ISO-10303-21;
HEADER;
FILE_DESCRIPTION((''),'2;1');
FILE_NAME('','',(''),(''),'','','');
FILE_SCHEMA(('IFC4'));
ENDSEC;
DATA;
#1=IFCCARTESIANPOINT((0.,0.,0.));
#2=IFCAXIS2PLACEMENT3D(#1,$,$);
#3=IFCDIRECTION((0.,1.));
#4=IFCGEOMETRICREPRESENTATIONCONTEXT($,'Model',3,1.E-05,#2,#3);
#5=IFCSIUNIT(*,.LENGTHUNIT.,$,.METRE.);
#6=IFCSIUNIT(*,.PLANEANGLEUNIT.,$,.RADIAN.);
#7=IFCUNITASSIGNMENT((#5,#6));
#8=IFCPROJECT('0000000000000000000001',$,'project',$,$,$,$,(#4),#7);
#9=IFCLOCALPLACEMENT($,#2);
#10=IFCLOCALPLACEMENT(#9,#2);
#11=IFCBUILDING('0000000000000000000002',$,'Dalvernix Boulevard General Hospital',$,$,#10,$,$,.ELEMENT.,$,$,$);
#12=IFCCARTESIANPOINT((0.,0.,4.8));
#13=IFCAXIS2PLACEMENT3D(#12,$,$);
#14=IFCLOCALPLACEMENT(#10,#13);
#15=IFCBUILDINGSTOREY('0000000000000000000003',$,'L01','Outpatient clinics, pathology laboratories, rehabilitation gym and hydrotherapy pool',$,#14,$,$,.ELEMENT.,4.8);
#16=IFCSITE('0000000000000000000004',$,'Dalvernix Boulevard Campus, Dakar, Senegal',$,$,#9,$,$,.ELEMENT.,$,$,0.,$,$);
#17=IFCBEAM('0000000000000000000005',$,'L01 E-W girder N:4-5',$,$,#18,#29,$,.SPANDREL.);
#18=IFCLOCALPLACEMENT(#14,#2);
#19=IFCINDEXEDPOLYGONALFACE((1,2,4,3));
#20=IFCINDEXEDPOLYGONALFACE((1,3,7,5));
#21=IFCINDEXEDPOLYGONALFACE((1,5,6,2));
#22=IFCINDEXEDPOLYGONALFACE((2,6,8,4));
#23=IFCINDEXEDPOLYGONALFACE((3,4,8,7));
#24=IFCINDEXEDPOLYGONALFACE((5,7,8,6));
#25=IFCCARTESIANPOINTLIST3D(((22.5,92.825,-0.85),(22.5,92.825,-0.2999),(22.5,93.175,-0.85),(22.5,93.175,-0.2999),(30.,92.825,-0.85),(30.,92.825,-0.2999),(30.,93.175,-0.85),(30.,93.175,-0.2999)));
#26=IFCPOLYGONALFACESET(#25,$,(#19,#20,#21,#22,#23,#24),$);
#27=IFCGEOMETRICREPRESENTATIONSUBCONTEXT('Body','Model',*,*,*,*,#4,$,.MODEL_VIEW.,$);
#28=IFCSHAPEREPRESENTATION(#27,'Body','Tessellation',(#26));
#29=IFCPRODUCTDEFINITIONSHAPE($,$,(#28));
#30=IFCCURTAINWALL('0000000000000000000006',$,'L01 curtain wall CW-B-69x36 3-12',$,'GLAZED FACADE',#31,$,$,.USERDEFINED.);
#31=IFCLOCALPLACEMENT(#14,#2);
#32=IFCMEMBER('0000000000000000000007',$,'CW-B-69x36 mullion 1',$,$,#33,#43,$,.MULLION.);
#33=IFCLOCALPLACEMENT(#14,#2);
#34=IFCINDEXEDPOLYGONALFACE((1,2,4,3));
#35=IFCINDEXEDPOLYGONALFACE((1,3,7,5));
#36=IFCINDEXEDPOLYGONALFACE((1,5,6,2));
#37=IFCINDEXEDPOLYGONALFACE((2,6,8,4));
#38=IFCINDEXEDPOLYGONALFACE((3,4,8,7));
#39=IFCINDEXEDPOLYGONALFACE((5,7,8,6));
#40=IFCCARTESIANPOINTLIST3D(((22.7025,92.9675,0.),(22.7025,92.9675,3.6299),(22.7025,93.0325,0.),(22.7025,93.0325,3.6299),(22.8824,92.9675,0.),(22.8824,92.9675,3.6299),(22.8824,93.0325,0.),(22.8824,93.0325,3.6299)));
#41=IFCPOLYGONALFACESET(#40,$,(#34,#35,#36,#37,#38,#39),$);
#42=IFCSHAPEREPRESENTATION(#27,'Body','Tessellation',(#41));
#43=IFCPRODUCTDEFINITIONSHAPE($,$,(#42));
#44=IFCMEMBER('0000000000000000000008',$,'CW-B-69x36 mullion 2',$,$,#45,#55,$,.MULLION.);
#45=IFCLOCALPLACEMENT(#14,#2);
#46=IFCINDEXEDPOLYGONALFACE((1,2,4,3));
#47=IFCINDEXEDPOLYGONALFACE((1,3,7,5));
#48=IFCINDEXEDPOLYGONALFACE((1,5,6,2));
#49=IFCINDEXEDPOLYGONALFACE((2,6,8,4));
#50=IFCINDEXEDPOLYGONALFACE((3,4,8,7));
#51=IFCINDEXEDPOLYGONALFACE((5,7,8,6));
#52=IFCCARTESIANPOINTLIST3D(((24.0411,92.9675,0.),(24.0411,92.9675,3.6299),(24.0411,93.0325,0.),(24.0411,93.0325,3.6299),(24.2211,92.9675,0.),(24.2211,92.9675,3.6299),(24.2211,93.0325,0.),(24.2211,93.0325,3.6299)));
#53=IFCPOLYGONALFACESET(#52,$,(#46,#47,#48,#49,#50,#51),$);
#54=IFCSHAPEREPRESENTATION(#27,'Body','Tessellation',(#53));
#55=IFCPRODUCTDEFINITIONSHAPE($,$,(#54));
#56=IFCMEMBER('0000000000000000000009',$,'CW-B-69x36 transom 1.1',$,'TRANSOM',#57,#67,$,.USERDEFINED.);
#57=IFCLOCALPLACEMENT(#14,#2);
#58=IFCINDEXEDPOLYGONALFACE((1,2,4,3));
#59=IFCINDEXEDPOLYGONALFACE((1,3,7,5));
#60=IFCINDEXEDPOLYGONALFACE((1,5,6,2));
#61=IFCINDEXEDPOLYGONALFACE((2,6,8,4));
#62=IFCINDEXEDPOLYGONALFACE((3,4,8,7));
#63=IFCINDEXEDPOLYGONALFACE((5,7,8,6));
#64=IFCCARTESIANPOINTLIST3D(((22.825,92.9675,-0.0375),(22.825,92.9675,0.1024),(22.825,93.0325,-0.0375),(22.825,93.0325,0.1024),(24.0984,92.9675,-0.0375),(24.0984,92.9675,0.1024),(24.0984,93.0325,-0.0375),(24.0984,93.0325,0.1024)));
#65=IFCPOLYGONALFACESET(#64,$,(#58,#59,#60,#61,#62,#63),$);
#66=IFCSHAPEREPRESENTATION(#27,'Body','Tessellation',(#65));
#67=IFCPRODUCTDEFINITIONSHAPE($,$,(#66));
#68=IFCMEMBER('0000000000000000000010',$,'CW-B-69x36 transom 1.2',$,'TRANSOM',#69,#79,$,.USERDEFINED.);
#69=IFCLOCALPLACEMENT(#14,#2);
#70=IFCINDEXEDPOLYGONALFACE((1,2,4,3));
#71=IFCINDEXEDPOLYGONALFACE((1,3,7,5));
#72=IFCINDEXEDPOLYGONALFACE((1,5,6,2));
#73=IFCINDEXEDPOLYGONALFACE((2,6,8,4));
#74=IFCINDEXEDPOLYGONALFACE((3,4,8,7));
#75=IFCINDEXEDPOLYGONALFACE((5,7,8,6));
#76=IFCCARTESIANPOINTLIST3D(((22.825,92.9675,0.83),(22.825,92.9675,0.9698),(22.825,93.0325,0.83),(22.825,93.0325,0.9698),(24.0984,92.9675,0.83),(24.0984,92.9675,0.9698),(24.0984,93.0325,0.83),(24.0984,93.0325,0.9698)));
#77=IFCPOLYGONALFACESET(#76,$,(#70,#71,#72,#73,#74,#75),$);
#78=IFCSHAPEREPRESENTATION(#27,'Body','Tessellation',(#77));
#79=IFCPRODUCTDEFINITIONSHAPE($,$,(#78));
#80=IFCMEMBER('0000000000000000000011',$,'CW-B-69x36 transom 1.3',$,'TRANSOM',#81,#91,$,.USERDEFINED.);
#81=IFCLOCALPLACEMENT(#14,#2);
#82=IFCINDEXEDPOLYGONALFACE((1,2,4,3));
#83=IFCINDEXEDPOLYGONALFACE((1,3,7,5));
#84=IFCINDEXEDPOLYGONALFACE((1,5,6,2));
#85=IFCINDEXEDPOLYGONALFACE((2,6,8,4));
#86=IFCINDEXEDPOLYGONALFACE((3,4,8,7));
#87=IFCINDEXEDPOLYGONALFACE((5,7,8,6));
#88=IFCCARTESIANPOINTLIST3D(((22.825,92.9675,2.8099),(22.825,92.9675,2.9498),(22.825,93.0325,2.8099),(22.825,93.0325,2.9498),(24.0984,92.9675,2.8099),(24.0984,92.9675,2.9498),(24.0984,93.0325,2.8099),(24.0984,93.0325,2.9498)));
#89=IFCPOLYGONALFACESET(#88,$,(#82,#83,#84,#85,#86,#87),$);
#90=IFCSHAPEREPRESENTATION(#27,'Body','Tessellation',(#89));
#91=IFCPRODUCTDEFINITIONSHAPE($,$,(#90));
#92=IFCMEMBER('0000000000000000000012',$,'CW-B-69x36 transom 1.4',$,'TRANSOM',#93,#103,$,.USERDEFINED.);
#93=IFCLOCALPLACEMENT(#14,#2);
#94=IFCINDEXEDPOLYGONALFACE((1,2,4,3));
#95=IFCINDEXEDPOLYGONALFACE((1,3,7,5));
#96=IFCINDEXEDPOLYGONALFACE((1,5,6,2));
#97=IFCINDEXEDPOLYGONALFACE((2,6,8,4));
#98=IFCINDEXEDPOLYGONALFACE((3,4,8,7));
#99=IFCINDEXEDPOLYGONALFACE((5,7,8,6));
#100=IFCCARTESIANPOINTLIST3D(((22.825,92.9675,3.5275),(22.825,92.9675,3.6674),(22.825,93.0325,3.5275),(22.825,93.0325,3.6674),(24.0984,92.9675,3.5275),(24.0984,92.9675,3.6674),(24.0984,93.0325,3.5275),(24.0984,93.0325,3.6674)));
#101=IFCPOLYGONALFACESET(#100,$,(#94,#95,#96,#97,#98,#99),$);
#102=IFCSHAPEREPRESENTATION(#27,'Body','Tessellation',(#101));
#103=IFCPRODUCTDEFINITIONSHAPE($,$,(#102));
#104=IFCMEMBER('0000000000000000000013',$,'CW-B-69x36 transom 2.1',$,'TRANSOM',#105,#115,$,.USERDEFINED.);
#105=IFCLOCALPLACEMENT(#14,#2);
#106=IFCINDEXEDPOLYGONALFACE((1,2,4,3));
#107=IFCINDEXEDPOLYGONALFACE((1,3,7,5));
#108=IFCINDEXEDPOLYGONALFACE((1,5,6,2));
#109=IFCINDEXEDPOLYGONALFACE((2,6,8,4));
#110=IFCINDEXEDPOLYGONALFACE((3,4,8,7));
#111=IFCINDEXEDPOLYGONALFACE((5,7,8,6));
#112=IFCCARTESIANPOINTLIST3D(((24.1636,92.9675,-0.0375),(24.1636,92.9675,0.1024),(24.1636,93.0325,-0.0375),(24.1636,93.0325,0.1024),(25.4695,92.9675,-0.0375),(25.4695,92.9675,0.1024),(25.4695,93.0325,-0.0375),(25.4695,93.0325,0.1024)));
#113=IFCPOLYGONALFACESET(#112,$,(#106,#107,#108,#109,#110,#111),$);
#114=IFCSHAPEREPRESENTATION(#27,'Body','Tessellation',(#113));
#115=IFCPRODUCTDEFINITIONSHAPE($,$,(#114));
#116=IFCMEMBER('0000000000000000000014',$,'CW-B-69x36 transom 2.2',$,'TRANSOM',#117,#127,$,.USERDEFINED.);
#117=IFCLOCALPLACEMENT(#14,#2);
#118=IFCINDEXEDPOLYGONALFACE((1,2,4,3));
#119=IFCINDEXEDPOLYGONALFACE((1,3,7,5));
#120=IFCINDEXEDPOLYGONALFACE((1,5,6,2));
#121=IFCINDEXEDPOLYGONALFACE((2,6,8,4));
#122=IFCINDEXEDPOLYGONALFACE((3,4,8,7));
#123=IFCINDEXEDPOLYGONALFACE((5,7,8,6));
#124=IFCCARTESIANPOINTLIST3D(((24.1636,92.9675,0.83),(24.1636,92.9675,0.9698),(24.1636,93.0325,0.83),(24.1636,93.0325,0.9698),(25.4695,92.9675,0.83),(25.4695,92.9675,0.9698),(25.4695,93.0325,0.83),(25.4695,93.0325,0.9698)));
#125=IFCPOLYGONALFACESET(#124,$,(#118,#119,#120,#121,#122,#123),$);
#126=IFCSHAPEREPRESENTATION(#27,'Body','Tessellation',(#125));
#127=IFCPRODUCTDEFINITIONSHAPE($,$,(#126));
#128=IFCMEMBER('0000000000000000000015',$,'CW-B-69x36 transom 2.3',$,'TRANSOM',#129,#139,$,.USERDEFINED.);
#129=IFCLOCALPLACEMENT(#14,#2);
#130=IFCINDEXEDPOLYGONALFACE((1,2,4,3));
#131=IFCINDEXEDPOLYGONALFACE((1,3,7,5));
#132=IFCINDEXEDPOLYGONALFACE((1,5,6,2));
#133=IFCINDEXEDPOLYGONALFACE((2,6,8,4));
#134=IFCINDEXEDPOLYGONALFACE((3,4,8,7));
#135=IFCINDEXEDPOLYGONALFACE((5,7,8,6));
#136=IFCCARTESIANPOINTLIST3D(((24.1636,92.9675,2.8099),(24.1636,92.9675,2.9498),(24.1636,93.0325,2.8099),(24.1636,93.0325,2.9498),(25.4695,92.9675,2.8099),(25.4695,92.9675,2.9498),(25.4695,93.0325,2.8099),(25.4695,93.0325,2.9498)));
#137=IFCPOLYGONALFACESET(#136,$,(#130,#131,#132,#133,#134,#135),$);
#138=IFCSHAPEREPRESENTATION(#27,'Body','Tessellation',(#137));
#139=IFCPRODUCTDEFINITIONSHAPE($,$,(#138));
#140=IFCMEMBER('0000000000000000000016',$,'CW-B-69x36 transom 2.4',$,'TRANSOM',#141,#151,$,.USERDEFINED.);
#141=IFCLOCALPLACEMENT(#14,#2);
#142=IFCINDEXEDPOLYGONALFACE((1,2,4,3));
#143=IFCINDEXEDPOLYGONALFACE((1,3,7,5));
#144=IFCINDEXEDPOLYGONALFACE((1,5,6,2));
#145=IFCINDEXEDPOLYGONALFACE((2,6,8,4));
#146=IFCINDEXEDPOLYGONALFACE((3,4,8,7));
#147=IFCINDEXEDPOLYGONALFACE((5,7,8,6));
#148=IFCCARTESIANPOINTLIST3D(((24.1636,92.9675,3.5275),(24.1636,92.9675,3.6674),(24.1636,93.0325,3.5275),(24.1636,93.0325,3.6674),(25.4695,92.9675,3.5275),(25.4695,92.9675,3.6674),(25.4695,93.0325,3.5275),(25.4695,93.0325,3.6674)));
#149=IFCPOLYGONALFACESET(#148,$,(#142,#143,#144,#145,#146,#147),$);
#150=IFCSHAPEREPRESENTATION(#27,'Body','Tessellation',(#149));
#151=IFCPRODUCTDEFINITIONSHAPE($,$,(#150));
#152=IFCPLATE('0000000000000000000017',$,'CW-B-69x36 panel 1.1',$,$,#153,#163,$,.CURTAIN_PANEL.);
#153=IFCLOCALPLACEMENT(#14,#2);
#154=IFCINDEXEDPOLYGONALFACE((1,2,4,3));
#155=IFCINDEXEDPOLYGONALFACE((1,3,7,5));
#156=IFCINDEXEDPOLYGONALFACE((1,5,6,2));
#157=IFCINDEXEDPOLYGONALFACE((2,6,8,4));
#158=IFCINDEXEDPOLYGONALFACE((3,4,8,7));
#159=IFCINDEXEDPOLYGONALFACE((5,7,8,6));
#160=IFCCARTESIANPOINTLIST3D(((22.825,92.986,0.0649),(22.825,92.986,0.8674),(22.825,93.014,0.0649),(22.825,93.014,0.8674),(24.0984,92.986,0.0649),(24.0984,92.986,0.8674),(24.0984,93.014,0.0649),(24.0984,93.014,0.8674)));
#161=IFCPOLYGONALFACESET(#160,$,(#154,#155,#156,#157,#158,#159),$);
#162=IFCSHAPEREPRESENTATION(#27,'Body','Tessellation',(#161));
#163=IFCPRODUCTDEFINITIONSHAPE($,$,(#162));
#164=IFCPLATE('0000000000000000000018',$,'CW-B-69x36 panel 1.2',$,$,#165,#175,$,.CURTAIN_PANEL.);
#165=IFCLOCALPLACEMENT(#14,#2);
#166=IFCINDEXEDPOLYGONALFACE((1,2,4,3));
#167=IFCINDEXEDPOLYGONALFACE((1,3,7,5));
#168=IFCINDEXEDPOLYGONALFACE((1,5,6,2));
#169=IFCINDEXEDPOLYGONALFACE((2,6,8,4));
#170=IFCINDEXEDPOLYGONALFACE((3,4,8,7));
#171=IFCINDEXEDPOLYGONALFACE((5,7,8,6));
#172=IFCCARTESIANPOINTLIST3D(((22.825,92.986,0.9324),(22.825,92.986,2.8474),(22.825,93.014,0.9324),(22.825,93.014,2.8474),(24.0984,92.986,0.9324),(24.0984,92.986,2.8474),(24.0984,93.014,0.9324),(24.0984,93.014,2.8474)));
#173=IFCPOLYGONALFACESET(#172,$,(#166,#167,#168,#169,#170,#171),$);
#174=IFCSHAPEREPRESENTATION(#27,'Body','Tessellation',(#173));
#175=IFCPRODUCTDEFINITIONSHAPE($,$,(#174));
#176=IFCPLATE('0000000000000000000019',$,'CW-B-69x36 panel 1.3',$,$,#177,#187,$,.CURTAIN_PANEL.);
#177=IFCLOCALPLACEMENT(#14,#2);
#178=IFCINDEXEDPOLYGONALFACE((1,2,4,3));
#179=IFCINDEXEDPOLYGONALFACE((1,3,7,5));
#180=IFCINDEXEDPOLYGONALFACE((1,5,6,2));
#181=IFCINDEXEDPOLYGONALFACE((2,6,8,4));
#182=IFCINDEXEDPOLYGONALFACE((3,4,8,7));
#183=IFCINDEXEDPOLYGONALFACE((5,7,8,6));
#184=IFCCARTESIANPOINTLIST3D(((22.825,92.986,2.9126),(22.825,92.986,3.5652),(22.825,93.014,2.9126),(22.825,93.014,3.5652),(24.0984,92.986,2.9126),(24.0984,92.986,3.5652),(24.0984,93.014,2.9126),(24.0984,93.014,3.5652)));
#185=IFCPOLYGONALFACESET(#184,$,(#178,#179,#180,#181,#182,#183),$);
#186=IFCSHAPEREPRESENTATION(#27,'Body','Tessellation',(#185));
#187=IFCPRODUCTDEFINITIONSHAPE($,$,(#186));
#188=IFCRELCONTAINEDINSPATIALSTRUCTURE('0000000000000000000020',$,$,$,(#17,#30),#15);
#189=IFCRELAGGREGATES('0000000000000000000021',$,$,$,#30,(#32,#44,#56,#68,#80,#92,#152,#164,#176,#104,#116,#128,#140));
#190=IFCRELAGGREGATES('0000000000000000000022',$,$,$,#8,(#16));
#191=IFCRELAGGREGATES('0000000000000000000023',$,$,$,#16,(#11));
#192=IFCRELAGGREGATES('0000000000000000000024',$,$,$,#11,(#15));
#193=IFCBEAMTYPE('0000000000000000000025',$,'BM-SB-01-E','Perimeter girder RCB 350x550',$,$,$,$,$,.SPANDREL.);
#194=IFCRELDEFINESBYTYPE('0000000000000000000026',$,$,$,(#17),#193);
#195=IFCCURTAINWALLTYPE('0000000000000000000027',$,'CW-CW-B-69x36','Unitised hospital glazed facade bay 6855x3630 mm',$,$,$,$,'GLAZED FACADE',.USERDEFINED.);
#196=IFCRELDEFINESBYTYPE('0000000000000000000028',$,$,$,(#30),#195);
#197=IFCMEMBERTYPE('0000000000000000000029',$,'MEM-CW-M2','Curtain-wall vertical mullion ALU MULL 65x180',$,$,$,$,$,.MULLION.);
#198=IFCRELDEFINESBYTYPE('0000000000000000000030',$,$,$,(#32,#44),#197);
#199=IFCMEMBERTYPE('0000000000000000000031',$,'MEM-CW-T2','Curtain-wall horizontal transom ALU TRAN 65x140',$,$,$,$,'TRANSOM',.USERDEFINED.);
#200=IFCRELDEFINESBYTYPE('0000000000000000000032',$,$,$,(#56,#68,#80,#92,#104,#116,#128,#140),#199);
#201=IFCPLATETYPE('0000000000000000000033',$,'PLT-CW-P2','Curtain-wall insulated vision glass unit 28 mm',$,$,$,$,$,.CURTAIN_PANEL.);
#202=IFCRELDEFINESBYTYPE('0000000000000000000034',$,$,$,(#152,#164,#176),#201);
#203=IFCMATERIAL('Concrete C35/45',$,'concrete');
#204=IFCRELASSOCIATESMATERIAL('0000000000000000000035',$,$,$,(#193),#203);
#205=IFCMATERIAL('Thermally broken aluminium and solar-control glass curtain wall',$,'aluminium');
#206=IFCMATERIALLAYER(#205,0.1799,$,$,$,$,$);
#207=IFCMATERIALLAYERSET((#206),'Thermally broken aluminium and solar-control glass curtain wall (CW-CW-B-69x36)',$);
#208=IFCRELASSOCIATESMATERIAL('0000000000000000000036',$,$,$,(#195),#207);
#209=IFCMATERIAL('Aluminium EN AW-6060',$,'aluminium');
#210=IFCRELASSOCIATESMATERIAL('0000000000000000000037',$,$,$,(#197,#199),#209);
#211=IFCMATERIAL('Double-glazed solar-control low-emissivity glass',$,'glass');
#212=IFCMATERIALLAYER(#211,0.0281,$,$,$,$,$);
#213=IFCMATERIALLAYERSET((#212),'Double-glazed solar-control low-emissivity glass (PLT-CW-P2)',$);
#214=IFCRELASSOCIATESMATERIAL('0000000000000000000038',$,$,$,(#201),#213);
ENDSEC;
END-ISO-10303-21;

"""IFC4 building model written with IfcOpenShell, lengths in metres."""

from ifc_helpers import new_model, si_unit, direction, frame, origin, origin_2d, place, context, subcontext, project, spatial, rectangle, extrude, material, layer, layer_set, material_profile, profile_set, type_object, element, aggregate, save


model = new_model("IFC4")

# Units and contexts
model_context = context("Model", 3, precision=1e-05, world=origin(), true_north=direction((0.0, 1.0)))
body_context = subcontext(model_context, "Body", "Model", "MODEL_VIEW")
ifc_project = project(units=[si_unit("LENGTHUNIT", "METRE"), si_unit("PLANEANGLEUNIT", "RADIAN")], contexts=[model_context])

# Site, building, storey
site_placement = place(None, origin())
site = spatial("IfcSite", under=ifc_project, at=site_placement, Name="Dalvernix Boulevard Campus, Dakar, Senegal", CompositionType="ELEMENT", RefElevation=0.0)
building_placement = place(site_placement, origin())
building = spatial("IfcBuilding", under=site, at=building_placement, Name="Dalvernix Boulevard General Hospital", CompositionType="ELEMENT")
storey_placement = place(building_placement, frame((0.0, 0.0, 4.8)))
storey = spatial("IfcBuildingStorey", under=building, at=storey_placement, Name="L01", Description="Outpatient clinics, pathology laboratories, rehabilitation gym and hydrotherapy pool", CompositionType="ELEMENT", Elevation=4.8)

# Beam
ifc_material_1 = material(Name="Concrete C35/45", Category="concrete")
ifc_material_profile_1 = material_profile(ifc_material_1, rectangle(XDim=0.3501, YDim=0.55, at=origin_2d()), Name="RCB 350x550")
ifc_profile_set_1 = profile_set([ifc_material_profile_1], Name="Concrete C35/45")
beam_type = type_object("IfcBeamType", Name="BM-SB-01-E", Description="Perimeter girder RCB 350x550", PredefinedType="SPANDREL", material=ifc_profile_set_1)
beam_placement = place(storey_placement, frame((22.5, 93.0, -0.575), z_axis=(1.0, 0.0, 0.0), x_axis=(0.0, 1.0, 0.0)))
element("IfcBeam", 1, at=beam_placement, inside=storey, type_object=beam_type, Name="L01 E-W girder N:4-5", PredefinedType="SPANDREL", context=body_context, shape_type="SweptSolid", body=[
    extrude(rectangle(XDim=0.3501, YDim=0.55, at=origin_2d()), origin(), (0.0, 0.0, 1.0), 7.5),
])

# Curtain wall, members, plates
ifc_material_2 = material(Name="Thermally broken aluminium and solar-control glass curtain wall", Category="aluminium")
ifc_layer_1 = layer(ifc_material_2, 0.1799)
ifc_layer_set_1 = layer_set([ifc_layer_1], Name="Thermally broken aluminium and solar-control glass curtain wall (CW-CW-B-69x36)")
curtain_wall_type = type_object("IfcCurtainWallType", Name="CW-CW-B-69x36", Description="Unitised hospital glazed facade bay 6855x3630 mm", ElementType="GLAZED FACADE", PredefinedType="USERDEFINED", material=ifc_layer_set_1)
curtain_wall_placement = place(storey_placement, origin())
curtain_wall = element("IfcCurtainWall", 2, at=curtain_wall_placement, inside=storey, type_object=curtain_wall_type, Name="L01 curtain wall CW-B-69x36 3-12", ObjectType="GLAZED FACADE", PredefinedType="USERDEFINED")
ifc_material_3 = material(Name="Aluminium EN AW-6060", Category="aluminium")
ifc_material_profile_2 = material_profile(ifc_material_3, rectangle(XDim=0.0649, YDim=0.1799, at=origin_2d()), Name="ALU MULL 65x180")
ifc_profile_set_2 = profile_set([ifc_material_profile_2], Name="Aluminium EN AW-6060")
member_type_1 = type_object("IfcMemberType", Name="MEM-CW-M2", Description="Curtain-wall vertical mullion ALU MULL 65x180", PredefinedType="MULLION", material=ifc_profile_set_2)
member_1_placement = place(storey_placement, frame((22.7925, 93.0, 0.0), z_axis=(0.0, 0.0, 1.0), x_axis=(0.0, 1.0, 0.0)))
member_1 = element("IfcMember", 3, at=member_1_placement, type_object=member_type_1, Name="CW-B-69x36 mullion 1", PredefinedType="MULLION", context=body_context, shape_type="SweptSolid", body=[
    extrude(rectangle(XDim=0.0649, YDim=0.1799, at=origin_2d()), origin(), (0.0, 0.0, 1.0), 3.6299),
])
member_2_placement = place(storey_placement, frame((24.1311, 93.0, 0.0), z_axis=(0.0, 0.0, 1.0), x_axis=(0.0, 1.0, 0.0)))
member_2 = element("IfcMember", 4, at=member_2_placement, type_object=member_type_1, Name="CW-B-69x36 mullion 2", PredefinedType="MULLION", context=body_context, shape_type="SweptSolid", body=[
    extrude(rectangle(XDim=0.0649, YDim=0.1799, at=origin_2d()), origin(), (0.0, 0.0, 1.0), 3.6299),
])
ifc_material_profile_3 = material_profile(ifc_material_3, rectangle(XDim=0.0649, YDim=0.1399, at=origin_2d()), Name="ALU TRAN 65x140")
ifc_profile_set_3 = profile_set([ifc_material_profile_3], Name="Aluminium EN AW-6060")
member_type_2 = type_object("IfcMemberType", Name="MEM-CW-T2", Description="Curtain-wall horizontal transom ALU TRAN 65x140", ElementType="TRANSOM", PredefinedType="USERDEFINED", material=ifc_profile_set_3)
member_3_placement = place(storey_placement, frame((22.825, 93.0, 0.0325), z_axis=(1.0, 0.0, 0.0), x_axis=(0.0, 1.0, 0.0)))
member_3 = element("IfcMember", 5, at=member_3_placement, type_object=member_type_2, Name="CW-B-69x36 transom 1.1", ObjectType="TRANSOM", PredefinedType="USERDEFINED", context=body_context, shape_type="SweptSolid", body=[
    extrude(rectangle(XDim=0.0649, YDim=0.1399, at=origin_2d()), origin(), (0.0, 0.0, 1.0), 1.2734),
])
member_4_placement = place(storey_placement, frame((22.825, 93.0, 0.8999), z_axis=(1.0, 0.0, 0.0), x_axis=(0.0, 1.0, 0.0)))
member_4 = element("IfcMember", 6, at=member_4_placement, type_object=member_type_2, Name="CW-B-69x36 transom 1.2", ObjectType="TRANSOM", PredefinedType="USERDEFINED", context=body_context, shape_type="SweptSolid", body=[
    extrude(rectangle(XDim=0.0649, YDim=0.1399, at=origin_2d()), origin(), (0.0, 0.0, 1.0), 1.2734),
])
member_5_placement = place(storey_placement, frame((22.825, 93.0, 2.8799), z_axis=(1.0, 0.0, 0.0), x_axis=(0.0, 1.0, 0.0)))
member_5 = element("IfcMember", 7, at=member_5_placement, type_object=member_type_2, Name="CW-B-69x36 transom 1.3", ObjectType="TRANSOM", PredefinedType="USERDEFINED", context=body_context, shape_type="SweptSolid", body=[
    extrude(rectangle(XDim=0.0649, YDim=0.1399, at=origin_2d()), origin(), (0.0, 0.0, 1.0), 1.2734),
])
member_6_placement = place(storey_placement, frame((22.825, 93.0, 3.5974), z_axis=(1.0, 0.0, 0.0), x_axis=(0.0, 1.0, 0.0)))
member_6 = element("IfcMember", 8, at=member_6_placement, type_object=member_type_2, Name="CW-B-69x36 transom 1.4", ObjectType="TRANSOM", PredefinedType="USERDEFINED", context=body_context, shape_type="SweptSolid", body=[
    extrude(rectangle(XDim=0.0649, YDim=0.1399, at=origin_2d()), origin(), (0.0, 0.0, 1.0), 1.2734),
])
member_7_placement = place(storey_placement, frame((24.1636, 93.0, 0.0325), z_axis=(1.0, 0.0, 0.0), x_axis=(0.0, 1.0, 0.0)))
member_7 = element("IfcMember", 9, at=member_7_placement, type_object=member_type_2, Name="CW-B-69x36 transom 2.1", ObjectType="TRANSOM", PredefinedType="USERDEFINED", context=body_context, shape_type="SweptSolid", body=[
    extrude(rectangle(XDim=0.0649, YDim=0.1399, at=origin_2d()), origin(), (0.0, 0.0, 1.0), 1.3059),
])
member_8_placement = place(storey_placement, frame((24.1636, 93.0, 0.8999), z_axis=(1.0, 0.0, 0.0), x_axis=(0.0, 1.0, 0.0)))
member_8 = element("IfcMember", 10, at=member_8_placement, type_object=member_type_2, Name="CW-B-69x36 transom 2.2", ObjectType="TRANSOM", PredefinedType="USERDEFINED", context=body_context, shape_type="SweptSolid", body=[
    extrude(rectangle(XDim=0.0649, YDim=0.1399, at=origin_2d()), origin(), (0.0, 0.0, 1.0), 1.3059),
])
member_9_placement = place(storey_placement, frame((24.1636, 93.0, 2.8799), z_axis=(1.0, 0.0, 0.0), x_axis=(0.0, 1.0, 0.0)))
member_9 = element("IfcMember", 11, at=member_9_placement, type_object=member_type_2, Name="CW-B-69x36 transom 2.3", ObjectType="TRANSOM", PredefinedType="USERDEFINED", context=body_context, shape_type="SweptSolid", body=[
    extrude(rectangle(XDim=0.0649, YDim=0.1399, at=origin_2d()), origin(), (0.0, 0.0, 1.0), 1.3059),
])
member_10_placement = place(storey_placement, frame((24.1636, 93.0, 3.5974), z_axis=(1.0, 0.0, 0.0), x_axis=(0.0, 1.0, 0.0)))
member_10 = element("IfcMember", 12, at=member_10_placement, type_object=member_type_2, Name="CW-B-69x36 transom 2.4", ObjectType="TRANSOM", PredefinedType="USERDEFINED", context=body_context, shape_type="SweptSolid", body=[
    extrude(rectangle(XDim=0.0649, YDim=0.1399, at=origin_2d()), origin(), (0.0, 0.0, 1.0), 1.3059),
])
ifc_material_4 = material(Name="Double-glazed solar-control low-emissivity glass", Category="glass")
ifc_layer_2 = layer(ifc_material_4, 0.0281)
ifc_layer_set_2 = layer_set([ifc_layer_2], Name="Double-glazed solar-control low-emissivity glass (PLT-CW-P2)")
plate_type = type_object("IfcPlateType", Name="PLT-CW-P2", Description="Curtain-wall insulated vision glass unit 28 mm", PredefinedType="CURTAIN_PANEL", material=ifc_layer_set_2)
plate_1_placement = place(storey_placement, frame((23.4617, 93.0, 0.0649), z_axis=(0.0, 0.0, 1.0), x_axis=(1.0, 0.0, 0.0)))
plate_1 = element("IfcPlate", 13, at=plate_1_placement, type_object=plate_type, Name="CW-B-69x36 panel 1.1", PredefinedType="CURTAIN_PANEL", context=body_context, shape_type="SweptSolid", body=[
    extrude(rectangle(XDim=1.2734, YDim=0.0281, at=origin_2d()), origin(), (0.0, 0.0, 1.0), 0.8025),
])
plate_2_placement = place(storey_placement, frame((23.4617, 93.0, 0.9324), z_axis=(0.0, 0.0, 1.0), x_axis=(1.0, 0.0, 0.0)))
plate_2 = element("IfcPlate", 14, at=plate_2_placement, type_object=plate_type, Name="CW-B-69x36 panel 1.2", PredefinedType="CURTAIN_PANEL", context=body_context, shape_type="SweptSolid", body=[
    extrude(rectangle(XDim=1.2734, YDim=0.0281, at=origin_2d()), origin(), (0.0, 0.0, 1.0), 1.915),
])
plate_3_placement = place(storey_placement, frame((23.4617, 93.0, 2.9126), z_axis=(0.0, 0.0, 1.0), x_axis=(1.0, 0.0, 0.0)))
plate_3 = element("IfcPlate", 15, at=plate_3_placement, type_object=plate_type, Name="CW-B-69x36 panel 1.3", PredefinedType="CURTAIN_PANEL", context=body_context, shape_type="SweptSolid", body=[
    extrude(rectangle(XDim=1.2734, YDim=0.0281, at=origin_2d()), origin(), (0.0, 0.0, 1.0), 0.6526),
])
aggregate(curtain_wall, [member_1, member_2, member_3, member_4, member_5, member_6, plate_1, plate_2, plate_3, member_7, member_8, member_9, member_10])

save(model, "model.ifc")
